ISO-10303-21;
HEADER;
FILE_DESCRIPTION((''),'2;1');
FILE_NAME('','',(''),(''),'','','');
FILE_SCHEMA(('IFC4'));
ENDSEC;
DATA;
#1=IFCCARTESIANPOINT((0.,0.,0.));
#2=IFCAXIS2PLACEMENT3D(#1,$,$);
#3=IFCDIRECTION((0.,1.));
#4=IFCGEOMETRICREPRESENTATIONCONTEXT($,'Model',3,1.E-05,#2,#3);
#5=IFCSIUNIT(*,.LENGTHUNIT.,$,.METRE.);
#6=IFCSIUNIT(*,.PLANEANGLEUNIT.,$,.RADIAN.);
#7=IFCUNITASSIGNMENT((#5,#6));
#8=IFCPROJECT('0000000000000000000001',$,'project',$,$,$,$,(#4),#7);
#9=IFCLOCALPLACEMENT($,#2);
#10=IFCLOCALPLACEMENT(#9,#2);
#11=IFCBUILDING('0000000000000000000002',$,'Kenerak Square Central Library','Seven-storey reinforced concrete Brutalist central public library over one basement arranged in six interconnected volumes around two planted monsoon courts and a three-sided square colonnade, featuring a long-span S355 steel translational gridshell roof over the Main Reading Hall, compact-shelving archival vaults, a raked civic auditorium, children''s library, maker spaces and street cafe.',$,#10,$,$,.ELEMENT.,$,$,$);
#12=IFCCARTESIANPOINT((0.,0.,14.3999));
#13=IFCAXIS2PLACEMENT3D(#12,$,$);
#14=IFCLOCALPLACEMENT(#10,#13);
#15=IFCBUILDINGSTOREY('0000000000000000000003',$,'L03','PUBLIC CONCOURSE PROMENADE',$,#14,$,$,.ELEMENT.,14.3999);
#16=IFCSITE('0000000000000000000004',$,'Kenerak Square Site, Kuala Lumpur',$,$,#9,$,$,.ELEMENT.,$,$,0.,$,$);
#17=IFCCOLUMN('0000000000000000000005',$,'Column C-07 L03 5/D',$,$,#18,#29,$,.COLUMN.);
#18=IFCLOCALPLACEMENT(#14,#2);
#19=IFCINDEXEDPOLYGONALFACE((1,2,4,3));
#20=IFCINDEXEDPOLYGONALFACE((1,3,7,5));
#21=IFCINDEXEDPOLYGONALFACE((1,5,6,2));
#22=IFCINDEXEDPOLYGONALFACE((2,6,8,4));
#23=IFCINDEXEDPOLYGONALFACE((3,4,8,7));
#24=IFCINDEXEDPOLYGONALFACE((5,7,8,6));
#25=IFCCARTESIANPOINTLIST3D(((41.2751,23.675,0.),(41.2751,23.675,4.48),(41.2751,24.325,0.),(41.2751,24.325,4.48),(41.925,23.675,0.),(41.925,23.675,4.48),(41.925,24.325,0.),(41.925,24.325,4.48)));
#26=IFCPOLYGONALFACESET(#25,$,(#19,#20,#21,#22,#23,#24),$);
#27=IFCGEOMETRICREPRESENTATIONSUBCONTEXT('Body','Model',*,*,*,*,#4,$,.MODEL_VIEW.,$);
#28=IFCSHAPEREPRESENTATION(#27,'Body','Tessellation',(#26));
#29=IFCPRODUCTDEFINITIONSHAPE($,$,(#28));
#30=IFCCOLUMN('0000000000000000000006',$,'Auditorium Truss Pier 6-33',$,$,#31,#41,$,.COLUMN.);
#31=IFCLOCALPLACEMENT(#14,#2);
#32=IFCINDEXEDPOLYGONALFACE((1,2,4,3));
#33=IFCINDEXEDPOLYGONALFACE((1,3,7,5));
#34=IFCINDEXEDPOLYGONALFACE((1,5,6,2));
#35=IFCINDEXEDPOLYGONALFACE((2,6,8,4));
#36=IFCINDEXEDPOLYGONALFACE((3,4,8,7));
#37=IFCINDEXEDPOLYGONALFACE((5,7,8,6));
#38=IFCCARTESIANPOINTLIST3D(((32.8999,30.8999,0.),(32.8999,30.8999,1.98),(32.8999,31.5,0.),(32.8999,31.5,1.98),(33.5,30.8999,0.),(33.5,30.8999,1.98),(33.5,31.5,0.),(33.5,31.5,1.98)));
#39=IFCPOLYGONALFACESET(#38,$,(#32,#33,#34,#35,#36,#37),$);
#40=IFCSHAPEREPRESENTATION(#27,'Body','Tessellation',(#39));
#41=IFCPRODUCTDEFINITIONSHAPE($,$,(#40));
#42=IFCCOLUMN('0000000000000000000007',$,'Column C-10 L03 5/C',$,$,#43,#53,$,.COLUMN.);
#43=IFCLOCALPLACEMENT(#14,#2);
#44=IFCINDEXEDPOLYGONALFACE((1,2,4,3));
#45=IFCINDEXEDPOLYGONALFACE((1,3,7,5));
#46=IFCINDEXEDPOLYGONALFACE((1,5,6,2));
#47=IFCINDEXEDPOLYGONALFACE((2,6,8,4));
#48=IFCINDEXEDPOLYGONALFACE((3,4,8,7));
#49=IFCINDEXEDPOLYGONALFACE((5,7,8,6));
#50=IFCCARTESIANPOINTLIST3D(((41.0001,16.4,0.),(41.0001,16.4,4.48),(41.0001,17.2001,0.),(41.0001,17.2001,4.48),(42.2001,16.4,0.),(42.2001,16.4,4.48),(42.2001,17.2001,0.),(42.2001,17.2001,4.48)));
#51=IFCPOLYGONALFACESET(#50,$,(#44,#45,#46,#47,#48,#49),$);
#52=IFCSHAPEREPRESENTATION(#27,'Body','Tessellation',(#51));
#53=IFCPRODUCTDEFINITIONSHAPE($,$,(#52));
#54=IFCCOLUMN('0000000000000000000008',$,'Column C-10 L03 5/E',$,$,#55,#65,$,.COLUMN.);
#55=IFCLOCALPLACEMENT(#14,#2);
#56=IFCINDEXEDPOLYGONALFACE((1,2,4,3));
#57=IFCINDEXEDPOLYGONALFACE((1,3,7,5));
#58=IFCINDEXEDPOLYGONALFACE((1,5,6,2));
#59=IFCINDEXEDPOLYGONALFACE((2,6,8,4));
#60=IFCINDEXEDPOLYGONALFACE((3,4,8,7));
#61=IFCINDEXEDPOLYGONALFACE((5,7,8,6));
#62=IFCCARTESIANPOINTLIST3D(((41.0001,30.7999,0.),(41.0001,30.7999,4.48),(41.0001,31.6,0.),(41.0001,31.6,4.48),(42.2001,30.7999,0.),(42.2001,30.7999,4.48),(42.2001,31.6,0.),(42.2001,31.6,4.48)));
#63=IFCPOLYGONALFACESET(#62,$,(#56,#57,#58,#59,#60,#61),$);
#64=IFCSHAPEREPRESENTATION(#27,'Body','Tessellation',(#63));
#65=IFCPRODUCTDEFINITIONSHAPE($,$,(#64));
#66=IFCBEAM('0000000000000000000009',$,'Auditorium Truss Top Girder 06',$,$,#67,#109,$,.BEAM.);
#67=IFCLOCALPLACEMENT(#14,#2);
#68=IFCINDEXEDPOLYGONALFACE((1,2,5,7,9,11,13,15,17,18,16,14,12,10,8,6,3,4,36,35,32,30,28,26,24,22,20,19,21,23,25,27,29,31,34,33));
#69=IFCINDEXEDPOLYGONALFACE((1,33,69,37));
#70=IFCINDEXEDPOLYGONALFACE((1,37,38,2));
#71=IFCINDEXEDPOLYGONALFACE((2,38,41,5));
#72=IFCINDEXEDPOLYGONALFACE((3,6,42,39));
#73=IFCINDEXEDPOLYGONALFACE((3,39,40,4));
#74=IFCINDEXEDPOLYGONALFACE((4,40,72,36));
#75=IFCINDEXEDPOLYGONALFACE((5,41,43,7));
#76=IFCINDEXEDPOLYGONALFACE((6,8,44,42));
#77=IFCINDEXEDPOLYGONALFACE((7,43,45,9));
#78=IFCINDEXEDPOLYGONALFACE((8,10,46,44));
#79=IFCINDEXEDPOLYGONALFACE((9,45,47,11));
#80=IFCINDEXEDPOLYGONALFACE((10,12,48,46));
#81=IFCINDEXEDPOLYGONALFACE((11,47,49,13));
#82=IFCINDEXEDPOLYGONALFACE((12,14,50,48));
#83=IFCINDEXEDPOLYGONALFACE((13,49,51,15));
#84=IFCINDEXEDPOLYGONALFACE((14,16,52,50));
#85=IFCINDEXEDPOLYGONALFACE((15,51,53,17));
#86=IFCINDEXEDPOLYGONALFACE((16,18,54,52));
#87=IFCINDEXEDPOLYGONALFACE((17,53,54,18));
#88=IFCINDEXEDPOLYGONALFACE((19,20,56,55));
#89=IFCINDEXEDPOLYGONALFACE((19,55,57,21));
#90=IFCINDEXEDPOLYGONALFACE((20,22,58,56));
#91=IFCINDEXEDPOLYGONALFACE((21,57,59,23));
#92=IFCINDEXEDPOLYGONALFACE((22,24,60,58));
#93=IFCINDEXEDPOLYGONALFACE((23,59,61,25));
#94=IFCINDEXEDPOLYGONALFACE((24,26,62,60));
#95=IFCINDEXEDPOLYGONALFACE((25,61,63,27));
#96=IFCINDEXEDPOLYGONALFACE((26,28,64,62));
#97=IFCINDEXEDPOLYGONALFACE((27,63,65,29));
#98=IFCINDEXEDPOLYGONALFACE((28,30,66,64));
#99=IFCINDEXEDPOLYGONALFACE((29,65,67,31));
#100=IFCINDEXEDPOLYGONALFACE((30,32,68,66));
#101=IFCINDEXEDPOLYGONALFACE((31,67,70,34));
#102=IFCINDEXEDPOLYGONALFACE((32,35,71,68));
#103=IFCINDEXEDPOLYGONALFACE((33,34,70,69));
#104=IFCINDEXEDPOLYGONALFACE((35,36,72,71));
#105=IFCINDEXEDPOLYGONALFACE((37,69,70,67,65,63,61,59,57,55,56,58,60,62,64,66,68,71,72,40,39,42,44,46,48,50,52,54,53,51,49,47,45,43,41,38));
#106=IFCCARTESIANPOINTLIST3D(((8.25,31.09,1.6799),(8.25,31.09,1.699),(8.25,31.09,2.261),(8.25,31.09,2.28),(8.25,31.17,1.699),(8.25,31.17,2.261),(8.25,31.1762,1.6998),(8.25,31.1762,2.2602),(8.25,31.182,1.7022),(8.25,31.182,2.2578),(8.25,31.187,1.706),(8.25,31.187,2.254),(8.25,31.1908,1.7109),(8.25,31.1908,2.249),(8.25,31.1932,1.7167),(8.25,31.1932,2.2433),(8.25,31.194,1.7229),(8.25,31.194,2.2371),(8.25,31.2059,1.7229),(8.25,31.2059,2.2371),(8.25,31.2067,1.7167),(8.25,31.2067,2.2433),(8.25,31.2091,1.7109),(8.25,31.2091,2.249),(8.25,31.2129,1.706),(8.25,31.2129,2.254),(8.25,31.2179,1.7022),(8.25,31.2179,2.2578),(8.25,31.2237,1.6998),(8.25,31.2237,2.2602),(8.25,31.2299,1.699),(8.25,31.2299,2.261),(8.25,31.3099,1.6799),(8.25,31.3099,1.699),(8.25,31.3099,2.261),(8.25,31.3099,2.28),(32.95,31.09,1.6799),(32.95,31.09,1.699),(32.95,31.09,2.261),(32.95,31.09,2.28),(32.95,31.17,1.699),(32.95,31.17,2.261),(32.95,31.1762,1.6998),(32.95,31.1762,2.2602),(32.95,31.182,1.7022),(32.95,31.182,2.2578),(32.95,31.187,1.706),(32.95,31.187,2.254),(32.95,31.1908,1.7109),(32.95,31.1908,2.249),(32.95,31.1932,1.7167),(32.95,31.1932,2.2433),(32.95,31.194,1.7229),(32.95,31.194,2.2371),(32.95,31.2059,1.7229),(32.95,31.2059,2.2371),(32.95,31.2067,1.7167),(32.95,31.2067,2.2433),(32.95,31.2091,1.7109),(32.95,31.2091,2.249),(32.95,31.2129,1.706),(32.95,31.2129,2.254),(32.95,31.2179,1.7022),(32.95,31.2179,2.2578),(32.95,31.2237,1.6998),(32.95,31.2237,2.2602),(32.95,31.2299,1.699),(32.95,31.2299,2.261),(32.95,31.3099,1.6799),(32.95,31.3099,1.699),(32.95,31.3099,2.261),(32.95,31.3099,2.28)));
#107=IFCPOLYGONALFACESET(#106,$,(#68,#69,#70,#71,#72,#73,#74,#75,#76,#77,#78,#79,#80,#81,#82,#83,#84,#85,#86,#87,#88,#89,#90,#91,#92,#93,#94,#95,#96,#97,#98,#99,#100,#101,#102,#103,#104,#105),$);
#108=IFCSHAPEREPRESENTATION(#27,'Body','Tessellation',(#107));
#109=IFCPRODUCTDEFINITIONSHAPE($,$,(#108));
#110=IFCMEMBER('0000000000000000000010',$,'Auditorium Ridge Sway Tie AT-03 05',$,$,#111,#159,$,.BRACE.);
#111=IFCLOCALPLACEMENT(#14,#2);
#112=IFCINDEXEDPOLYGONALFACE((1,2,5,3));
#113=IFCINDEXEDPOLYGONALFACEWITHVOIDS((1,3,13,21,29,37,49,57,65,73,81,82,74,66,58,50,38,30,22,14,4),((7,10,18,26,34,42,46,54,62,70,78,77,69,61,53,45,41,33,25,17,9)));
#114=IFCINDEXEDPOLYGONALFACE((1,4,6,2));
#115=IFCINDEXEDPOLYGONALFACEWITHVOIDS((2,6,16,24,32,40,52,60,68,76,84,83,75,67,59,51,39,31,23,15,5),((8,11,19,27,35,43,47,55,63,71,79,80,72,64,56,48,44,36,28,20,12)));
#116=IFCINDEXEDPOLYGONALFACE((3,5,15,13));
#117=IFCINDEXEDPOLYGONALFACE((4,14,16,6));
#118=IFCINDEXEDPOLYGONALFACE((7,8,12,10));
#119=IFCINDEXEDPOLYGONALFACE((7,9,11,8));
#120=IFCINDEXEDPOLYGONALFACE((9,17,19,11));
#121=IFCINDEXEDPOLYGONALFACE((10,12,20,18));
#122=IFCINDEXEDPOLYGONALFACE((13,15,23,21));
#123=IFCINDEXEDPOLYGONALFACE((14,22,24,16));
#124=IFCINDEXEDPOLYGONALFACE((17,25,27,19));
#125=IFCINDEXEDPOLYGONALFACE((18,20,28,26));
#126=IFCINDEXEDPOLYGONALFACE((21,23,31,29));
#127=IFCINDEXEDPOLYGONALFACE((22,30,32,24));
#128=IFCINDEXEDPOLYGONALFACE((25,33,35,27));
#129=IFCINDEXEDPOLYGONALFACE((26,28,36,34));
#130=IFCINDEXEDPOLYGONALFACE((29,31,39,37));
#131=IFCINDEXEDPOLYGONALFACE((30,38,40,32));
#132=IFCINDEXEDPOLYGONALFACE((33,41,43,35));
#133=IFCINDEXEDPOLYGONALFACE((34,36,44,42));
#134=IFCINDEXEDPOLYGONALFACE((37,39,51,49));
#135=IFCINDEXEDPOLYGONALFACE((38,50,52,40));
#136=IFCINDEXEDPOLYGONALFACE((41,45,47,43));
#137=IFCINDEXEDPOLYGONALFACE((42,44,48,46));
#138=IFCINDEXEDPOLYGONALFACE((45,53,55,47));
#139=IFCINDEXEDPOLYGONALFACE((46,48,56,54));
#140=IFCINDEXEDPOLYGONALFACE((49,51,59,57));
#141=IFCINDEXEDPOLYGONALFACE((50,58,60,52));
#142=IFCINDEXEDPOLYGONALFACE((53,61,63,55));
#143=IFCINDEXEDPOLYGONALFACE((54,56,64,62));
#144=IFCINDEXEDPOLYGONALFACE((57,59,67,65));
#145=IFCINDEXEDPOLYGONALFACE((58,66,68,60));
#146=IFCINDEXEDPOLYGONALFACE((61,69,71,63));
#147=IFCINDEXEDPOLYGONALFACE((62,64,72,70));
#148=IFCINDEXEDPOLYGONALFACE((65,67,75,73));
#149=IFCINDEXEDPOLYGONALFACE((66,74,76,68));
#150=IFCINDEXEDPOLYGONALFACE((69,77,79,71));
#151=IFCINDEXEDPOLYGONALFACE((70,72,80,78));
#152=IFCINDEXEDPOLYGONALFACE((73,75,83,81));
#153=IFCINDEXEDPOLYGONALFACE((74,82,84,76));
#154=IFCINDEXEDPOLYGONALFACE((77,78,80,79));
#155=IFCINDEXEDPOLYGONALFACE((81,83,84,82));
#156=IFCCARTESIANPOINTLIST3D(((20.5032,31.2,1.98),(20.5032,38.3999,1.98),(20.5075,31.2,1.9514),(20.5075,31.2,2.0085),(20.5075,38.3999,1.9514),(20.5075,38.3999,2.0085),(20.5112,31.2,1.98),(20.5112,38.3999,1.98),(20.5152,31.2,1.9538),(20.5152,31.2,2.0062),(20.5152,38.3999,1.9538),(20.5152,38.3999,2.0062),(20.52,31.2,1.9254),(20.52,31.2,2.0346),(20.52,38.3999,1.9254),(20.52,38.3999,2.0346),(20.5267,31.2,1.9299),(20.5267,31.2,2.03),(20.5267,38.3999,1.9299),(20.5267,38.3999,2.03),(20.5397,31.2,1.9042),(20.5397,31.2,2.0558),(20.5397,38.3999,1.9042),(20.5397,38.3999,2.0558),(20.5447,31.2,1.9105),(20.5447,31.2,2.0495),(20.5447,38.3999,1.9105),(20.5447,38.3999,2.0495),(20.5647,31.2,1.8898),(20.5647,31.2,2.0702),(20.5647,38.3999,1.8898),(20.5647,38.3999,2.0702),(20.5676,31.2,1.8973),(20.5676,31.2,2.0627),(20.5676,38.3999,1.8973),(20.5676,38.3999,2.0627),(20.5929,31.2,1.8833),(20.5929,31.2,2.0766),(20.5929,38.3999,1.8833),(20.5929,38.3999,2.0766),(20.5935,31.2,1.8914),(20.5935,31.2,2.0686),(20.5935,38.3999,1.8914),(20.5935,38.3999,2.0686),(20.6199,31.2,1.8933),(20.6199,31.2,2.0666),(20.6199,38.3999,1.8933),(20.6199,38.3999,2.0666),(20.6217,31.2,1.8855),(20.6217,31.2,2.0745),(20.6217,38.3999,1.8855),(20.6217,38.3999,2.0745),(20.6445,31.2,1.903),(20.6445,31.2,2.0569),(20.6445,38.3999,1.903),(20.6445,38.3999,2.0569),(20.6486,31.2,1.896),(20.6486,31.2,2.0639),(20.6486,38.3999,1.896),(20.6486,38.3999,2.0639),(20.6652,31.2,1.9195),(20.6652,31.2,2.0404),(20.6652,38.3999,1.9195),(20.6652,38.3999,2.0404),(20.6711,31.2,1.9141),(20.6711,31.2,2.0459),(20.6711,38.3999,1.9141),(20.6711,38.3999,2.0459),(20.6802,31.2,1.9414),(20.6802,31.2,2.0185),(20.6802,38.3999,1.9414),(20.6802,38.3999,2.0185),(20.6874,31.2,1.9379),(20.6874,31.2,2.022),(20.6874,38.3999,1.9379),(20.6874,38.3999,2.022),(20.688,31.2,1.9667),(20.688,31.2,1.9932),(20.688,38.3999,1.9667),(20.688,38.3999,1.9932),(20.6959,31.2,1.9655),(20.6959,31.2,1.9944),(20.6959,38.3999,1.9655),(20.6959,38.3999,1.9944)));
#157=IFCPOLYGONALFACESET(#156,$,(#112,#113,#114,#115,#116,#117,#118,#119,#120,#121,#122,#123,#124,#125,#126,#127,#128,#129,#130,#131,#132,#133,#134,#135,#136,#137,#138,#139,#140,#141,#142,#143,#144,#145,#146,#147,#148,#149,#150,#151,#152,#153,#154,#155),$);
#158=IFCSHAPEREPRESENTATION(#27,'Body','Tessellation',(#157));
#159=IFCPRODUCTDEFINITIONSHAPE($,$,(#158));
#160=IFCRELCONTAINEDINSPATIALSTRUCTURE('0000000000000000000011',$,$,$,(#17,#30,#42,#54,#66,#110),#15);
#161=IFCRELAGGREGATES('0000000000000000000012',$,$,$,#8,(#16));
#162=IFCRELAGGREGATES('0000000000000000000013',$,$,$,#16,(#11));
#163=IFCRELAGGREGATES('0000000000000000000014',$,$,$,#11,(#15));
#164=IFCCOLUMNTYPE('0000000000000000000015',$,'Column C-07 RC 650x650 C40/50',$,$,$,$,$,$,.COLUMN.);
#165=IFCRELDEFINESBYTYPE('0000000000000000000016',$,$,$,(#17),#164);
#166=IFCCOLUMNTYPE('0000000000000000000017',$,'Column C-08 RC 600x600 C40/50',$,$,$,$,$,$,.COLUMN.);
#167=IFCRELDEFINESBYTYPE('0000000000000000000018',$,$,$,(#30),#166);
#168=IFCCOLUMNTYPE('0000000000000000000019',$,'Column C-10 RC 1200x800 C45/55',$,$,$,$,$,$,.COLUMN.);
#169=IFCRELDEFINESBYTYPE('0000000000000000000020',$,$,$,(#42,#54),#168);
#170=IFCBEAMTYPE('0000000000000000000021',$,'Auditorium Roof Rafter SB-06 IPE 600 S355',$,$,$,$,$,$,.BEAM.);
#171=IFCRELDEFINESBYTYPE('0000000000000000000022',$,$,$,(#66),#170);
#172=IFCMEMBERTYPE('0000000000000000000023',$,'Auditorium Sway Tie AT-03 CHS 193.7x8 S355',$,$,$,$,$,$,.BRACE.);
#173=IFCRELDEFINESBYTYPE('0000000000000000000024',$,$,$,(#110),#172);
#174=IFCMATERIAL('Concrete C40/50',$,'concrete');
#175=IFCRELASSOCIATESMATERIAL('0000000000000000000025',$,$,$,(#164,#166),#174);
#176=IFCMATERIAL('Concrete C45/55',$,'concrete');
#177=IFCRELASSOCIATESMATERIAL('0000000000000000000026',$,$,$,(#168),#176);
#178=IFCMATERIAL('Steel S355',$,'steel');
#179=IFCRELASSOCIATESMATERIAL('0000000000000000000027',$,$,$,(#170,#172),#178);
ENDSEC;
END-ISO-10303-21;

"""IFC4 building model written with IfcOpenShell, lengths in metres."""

from ifc_helpers import new_model, si_unit, direction, frame, origin, origin_2d, place, context, subcontext, project, spatial, rectangle, hollow_circle, i_section, extrude, material, material_profile, profile_set, type_object, element, save


model = new_model("IFC4")

# Units and contexts
model_context = context("Model", 3, precision=1e-05, world=origin(), true_north=direction((0.0, 1.0)))
body_context = subcontext(model_context, "Body", "Model", "MODEL_VIEW")
ifc_project = project(units=[si_unit("LENGTHUNIT", "METRE"), si_unit("PLANEANGLEUNIT", "RADIAN")], contexts=[model_context])

# Site, building, storey
site_placement = place(None, origin())
site = spatial("IfcSite", under=ifc_project, at=site_placement, Name="Kenerak Square Site, Kuala Lumpur", CompositionType="ELEMENT", RefElevation=0.0)
building_placement = place(site_placement, origin())
building = spatial("IfcBuilding", under=site, at=building_placement, Name="Kenerak Square Central Library", Description="Seven-storey reinforced concrete Brutalist central public library over one basement arranged in six interconnected volumes around two planted monsoon courts and a three-sided square colonnade, featuring a long-span S355 steel translational gridshell roof over the Main Reading Hall, compact-shelving archival vaults, a raked civic auditorium, children's library, maker spaces and street cafe.", CompositionType="ELEMENT")
storey_placement = place(building_placement, frame((0.0, 0.0, 14.3999)))
storey = spatial("IfcBuildingStorey", under=building, at=storey_placement, Name="L03", Description="PUBLIC CONCOURSE PROMENADE", CompositionType="ELEMENT", Elevation=14.3999)

# Columns
ifc_material_1 = material(Name="Concrete C40/50", Category="concrete")
ifc_material_profile_1 = material_profile(ifc_material_1, rectangle(XDim=0.6499, YDim=0.6499, at=origin_2d()), Name="RC 650x650")
ifc_profile_set_1 = profile_set([ifc_material_profile_1], Name="Concrete C40/50")
column_type_1 = type_object("IfcColumnType", Name="Column C-07 RC 650x650 C40/50", PredefinedType="COLUMN", material=ifc_profile_set_1)
column_1_placement = place(storey_placement, frame((41.6001, 24.0, 0.0), z_axis=(0.0, 0.0, 1.0), x_axis=(1.0, 0.0, 0.0)))
element("IfcColumn", 1, at=column_1_placement, inside=storey, type_object=column_type_1, Name="Column C-07 L03 5/D", PredefinedType="COLUMN", context=body_context, shape_type="SweptSolid", body=[
    extrude(rectangle(XDim=0.6499, YDim=0.6499, at=origin_2d()), origin(), (0.0, 0.0, 1.0), 4.48),
])
ifc_material_profile_2 = material_profile(ifc_material_1, rectangle(XDim=0.6001, YDim=0.6001, at=origin_2d()), Name="RC 600x600")
ifc_profile_set_2 = profile_set([ifc_material_profile_2], Name="Concrete C40/50")
column_type_2 = type_object("IfcColumnType", Name="Column C-08 RC 600x600 C40/50", PredefinedType="COLUMN", material=ifc_profile_set_2)
column_2_placement = place(storey_placement, frame((33.2, 31.2, 0.0), z_axis=(0.0, 0.0, 1.0), x_axis=(1.0, 0.0, 0.0)))
element("IfcColumn", 2, at=column_2_placement, inside=storey, type_object=column_type_2, Name="Auditorium Truss Pier 6-33", PredefinedType="COLUMN", context=body_context, shape_type="SweptSolid", body=[
    extrude(rectangle(XDim=0.6001, YDim=0.6001, at=origin_2d()), origin(), (0.0, 0.0, 1.0), 1.98),
])
ifc_material_2 = material(Name="Concrete C45/55", Category="concrete")
ifc_material_profile_3 = material_profile(ifc_material_2, rectangle(XDim=1.2, YDim=0.8, at=origin_2d()), Name="RC 1200x800")
ifc_profile_set_3 = profile_set([ifc_material_profile_3], Name="Concrete C45/55")
column_type_3 = type_object("IfcColumnType", Name="Column C-10 RC 1200x800 C45/55", PredefinedType="COLUMN", material=ifc_profile_set_3)
for number, where, z_axis, x_axis, name in (
    (3, (41.6001, 16.8, 0.0), (0.0, 0.0, 1.0), (1.0, 0.0, 0.0), "Column C-10 L03 5/C"),
    (4, (41.6001, 31.2, 0.0), (0.0, 0.0, 1.0), (1.0, 0.0, 0.0), "Column C-10 L03 5/E"),
):
    element("IfcColumn", number, at=place(storey_placement, frame(where, z_axis=z_axis, x_axis=x_axis)), inside=storey, type_object=column_type_3, Name=name, PredefinedType="COLUMN", context=body_context, shape_type="SweptSolid", body=[
        extrude(rectangle(XDim=1.2, YDim=0.8, at=origin_2d()), origin(), (0.0, 0.0, 1.0), 4.48),
    ])

# Beam
ifc_material_3 = material(Name="Steel S355", Category="steel")
ifc_material_profile_4 = material_profile(ifc_material_3, i_section(OverallWidth=0.22, OverallDepth=0.6001, WebThickness=0.012, FlangeThickness=0.019, FilletRadius=0.0239, at=origin_2d()), Name="IPE 600")
ifc_profile_set_4 = profile_set([ifc_material_profile_4], Name="Steel S355")
beam_type = type_object("IfcBeamType", Name="Auditorium Roof Rafter SB-06 IPE 600 S355", PredefinedType="BEAM", material=ifc_profile_set_4)
beam_placement = place(storey_placement, frame((8.25, 31.2, 1.98), z_axis=(1.0, 0.0, 0.0), x_axis=(0.0, 1.0, 0.0)))
element("IfcBeam", 5, at=beam_placement, inside=storey, type_object=beam_type, Name="Auditorium Truss Top Girder 06", PredefinedType="BEAM", context=body_context, shape_type="SweptSolid", body=[
    extrude(i_section(OverallWidth=0.22, OverallDepth=0.6001, WebThickness=0.012, FlangeThickness=0.019, FilletRadius=0.0239, at=origin_2d()), origin(), (0.0, 0.0, 1.0), 24.7),
])

# Member
ifc_material_profile_5 = material_profile(ifc_material_3, hollow_circle(Radius=0.0969, WallThickness=0.0081, at=origin_2d()), Name="CHS 193.7x8.0")
ifc_profile_set_5 = profile_set([ifc_material_profile_5], Name="Steel S355")
member_type_1 = type_object("IfcMemberType", Name="Auditorium Sway Tie AT-03 CHS 193.7x8 S355", PredefinedType="BRACE", material=ifc_profile_set_5)
member_placement = place(storey_placement, frame((20.6001, 31.2, 1.98), z_axis=(0.0, 1.0, 0.0), x_axis=(-1.0, 0.0, 0.0)))
element("IfcMember", 6, at=member_placement, inside=storey, type_object=member_type_1, Name="Auditorium Ridge Sway Tie AT-03 05", PredefinedType="BRACE", context=body_context, shape_type="SweptSolid", body=[
    extrude(hollow_circle(Radius=0.0969, WallThickness=0.0081, at=origin_2d()), origin(), (0.0, 0.0, 1.0), 7.2),
])

save(model, "model.ifc")
